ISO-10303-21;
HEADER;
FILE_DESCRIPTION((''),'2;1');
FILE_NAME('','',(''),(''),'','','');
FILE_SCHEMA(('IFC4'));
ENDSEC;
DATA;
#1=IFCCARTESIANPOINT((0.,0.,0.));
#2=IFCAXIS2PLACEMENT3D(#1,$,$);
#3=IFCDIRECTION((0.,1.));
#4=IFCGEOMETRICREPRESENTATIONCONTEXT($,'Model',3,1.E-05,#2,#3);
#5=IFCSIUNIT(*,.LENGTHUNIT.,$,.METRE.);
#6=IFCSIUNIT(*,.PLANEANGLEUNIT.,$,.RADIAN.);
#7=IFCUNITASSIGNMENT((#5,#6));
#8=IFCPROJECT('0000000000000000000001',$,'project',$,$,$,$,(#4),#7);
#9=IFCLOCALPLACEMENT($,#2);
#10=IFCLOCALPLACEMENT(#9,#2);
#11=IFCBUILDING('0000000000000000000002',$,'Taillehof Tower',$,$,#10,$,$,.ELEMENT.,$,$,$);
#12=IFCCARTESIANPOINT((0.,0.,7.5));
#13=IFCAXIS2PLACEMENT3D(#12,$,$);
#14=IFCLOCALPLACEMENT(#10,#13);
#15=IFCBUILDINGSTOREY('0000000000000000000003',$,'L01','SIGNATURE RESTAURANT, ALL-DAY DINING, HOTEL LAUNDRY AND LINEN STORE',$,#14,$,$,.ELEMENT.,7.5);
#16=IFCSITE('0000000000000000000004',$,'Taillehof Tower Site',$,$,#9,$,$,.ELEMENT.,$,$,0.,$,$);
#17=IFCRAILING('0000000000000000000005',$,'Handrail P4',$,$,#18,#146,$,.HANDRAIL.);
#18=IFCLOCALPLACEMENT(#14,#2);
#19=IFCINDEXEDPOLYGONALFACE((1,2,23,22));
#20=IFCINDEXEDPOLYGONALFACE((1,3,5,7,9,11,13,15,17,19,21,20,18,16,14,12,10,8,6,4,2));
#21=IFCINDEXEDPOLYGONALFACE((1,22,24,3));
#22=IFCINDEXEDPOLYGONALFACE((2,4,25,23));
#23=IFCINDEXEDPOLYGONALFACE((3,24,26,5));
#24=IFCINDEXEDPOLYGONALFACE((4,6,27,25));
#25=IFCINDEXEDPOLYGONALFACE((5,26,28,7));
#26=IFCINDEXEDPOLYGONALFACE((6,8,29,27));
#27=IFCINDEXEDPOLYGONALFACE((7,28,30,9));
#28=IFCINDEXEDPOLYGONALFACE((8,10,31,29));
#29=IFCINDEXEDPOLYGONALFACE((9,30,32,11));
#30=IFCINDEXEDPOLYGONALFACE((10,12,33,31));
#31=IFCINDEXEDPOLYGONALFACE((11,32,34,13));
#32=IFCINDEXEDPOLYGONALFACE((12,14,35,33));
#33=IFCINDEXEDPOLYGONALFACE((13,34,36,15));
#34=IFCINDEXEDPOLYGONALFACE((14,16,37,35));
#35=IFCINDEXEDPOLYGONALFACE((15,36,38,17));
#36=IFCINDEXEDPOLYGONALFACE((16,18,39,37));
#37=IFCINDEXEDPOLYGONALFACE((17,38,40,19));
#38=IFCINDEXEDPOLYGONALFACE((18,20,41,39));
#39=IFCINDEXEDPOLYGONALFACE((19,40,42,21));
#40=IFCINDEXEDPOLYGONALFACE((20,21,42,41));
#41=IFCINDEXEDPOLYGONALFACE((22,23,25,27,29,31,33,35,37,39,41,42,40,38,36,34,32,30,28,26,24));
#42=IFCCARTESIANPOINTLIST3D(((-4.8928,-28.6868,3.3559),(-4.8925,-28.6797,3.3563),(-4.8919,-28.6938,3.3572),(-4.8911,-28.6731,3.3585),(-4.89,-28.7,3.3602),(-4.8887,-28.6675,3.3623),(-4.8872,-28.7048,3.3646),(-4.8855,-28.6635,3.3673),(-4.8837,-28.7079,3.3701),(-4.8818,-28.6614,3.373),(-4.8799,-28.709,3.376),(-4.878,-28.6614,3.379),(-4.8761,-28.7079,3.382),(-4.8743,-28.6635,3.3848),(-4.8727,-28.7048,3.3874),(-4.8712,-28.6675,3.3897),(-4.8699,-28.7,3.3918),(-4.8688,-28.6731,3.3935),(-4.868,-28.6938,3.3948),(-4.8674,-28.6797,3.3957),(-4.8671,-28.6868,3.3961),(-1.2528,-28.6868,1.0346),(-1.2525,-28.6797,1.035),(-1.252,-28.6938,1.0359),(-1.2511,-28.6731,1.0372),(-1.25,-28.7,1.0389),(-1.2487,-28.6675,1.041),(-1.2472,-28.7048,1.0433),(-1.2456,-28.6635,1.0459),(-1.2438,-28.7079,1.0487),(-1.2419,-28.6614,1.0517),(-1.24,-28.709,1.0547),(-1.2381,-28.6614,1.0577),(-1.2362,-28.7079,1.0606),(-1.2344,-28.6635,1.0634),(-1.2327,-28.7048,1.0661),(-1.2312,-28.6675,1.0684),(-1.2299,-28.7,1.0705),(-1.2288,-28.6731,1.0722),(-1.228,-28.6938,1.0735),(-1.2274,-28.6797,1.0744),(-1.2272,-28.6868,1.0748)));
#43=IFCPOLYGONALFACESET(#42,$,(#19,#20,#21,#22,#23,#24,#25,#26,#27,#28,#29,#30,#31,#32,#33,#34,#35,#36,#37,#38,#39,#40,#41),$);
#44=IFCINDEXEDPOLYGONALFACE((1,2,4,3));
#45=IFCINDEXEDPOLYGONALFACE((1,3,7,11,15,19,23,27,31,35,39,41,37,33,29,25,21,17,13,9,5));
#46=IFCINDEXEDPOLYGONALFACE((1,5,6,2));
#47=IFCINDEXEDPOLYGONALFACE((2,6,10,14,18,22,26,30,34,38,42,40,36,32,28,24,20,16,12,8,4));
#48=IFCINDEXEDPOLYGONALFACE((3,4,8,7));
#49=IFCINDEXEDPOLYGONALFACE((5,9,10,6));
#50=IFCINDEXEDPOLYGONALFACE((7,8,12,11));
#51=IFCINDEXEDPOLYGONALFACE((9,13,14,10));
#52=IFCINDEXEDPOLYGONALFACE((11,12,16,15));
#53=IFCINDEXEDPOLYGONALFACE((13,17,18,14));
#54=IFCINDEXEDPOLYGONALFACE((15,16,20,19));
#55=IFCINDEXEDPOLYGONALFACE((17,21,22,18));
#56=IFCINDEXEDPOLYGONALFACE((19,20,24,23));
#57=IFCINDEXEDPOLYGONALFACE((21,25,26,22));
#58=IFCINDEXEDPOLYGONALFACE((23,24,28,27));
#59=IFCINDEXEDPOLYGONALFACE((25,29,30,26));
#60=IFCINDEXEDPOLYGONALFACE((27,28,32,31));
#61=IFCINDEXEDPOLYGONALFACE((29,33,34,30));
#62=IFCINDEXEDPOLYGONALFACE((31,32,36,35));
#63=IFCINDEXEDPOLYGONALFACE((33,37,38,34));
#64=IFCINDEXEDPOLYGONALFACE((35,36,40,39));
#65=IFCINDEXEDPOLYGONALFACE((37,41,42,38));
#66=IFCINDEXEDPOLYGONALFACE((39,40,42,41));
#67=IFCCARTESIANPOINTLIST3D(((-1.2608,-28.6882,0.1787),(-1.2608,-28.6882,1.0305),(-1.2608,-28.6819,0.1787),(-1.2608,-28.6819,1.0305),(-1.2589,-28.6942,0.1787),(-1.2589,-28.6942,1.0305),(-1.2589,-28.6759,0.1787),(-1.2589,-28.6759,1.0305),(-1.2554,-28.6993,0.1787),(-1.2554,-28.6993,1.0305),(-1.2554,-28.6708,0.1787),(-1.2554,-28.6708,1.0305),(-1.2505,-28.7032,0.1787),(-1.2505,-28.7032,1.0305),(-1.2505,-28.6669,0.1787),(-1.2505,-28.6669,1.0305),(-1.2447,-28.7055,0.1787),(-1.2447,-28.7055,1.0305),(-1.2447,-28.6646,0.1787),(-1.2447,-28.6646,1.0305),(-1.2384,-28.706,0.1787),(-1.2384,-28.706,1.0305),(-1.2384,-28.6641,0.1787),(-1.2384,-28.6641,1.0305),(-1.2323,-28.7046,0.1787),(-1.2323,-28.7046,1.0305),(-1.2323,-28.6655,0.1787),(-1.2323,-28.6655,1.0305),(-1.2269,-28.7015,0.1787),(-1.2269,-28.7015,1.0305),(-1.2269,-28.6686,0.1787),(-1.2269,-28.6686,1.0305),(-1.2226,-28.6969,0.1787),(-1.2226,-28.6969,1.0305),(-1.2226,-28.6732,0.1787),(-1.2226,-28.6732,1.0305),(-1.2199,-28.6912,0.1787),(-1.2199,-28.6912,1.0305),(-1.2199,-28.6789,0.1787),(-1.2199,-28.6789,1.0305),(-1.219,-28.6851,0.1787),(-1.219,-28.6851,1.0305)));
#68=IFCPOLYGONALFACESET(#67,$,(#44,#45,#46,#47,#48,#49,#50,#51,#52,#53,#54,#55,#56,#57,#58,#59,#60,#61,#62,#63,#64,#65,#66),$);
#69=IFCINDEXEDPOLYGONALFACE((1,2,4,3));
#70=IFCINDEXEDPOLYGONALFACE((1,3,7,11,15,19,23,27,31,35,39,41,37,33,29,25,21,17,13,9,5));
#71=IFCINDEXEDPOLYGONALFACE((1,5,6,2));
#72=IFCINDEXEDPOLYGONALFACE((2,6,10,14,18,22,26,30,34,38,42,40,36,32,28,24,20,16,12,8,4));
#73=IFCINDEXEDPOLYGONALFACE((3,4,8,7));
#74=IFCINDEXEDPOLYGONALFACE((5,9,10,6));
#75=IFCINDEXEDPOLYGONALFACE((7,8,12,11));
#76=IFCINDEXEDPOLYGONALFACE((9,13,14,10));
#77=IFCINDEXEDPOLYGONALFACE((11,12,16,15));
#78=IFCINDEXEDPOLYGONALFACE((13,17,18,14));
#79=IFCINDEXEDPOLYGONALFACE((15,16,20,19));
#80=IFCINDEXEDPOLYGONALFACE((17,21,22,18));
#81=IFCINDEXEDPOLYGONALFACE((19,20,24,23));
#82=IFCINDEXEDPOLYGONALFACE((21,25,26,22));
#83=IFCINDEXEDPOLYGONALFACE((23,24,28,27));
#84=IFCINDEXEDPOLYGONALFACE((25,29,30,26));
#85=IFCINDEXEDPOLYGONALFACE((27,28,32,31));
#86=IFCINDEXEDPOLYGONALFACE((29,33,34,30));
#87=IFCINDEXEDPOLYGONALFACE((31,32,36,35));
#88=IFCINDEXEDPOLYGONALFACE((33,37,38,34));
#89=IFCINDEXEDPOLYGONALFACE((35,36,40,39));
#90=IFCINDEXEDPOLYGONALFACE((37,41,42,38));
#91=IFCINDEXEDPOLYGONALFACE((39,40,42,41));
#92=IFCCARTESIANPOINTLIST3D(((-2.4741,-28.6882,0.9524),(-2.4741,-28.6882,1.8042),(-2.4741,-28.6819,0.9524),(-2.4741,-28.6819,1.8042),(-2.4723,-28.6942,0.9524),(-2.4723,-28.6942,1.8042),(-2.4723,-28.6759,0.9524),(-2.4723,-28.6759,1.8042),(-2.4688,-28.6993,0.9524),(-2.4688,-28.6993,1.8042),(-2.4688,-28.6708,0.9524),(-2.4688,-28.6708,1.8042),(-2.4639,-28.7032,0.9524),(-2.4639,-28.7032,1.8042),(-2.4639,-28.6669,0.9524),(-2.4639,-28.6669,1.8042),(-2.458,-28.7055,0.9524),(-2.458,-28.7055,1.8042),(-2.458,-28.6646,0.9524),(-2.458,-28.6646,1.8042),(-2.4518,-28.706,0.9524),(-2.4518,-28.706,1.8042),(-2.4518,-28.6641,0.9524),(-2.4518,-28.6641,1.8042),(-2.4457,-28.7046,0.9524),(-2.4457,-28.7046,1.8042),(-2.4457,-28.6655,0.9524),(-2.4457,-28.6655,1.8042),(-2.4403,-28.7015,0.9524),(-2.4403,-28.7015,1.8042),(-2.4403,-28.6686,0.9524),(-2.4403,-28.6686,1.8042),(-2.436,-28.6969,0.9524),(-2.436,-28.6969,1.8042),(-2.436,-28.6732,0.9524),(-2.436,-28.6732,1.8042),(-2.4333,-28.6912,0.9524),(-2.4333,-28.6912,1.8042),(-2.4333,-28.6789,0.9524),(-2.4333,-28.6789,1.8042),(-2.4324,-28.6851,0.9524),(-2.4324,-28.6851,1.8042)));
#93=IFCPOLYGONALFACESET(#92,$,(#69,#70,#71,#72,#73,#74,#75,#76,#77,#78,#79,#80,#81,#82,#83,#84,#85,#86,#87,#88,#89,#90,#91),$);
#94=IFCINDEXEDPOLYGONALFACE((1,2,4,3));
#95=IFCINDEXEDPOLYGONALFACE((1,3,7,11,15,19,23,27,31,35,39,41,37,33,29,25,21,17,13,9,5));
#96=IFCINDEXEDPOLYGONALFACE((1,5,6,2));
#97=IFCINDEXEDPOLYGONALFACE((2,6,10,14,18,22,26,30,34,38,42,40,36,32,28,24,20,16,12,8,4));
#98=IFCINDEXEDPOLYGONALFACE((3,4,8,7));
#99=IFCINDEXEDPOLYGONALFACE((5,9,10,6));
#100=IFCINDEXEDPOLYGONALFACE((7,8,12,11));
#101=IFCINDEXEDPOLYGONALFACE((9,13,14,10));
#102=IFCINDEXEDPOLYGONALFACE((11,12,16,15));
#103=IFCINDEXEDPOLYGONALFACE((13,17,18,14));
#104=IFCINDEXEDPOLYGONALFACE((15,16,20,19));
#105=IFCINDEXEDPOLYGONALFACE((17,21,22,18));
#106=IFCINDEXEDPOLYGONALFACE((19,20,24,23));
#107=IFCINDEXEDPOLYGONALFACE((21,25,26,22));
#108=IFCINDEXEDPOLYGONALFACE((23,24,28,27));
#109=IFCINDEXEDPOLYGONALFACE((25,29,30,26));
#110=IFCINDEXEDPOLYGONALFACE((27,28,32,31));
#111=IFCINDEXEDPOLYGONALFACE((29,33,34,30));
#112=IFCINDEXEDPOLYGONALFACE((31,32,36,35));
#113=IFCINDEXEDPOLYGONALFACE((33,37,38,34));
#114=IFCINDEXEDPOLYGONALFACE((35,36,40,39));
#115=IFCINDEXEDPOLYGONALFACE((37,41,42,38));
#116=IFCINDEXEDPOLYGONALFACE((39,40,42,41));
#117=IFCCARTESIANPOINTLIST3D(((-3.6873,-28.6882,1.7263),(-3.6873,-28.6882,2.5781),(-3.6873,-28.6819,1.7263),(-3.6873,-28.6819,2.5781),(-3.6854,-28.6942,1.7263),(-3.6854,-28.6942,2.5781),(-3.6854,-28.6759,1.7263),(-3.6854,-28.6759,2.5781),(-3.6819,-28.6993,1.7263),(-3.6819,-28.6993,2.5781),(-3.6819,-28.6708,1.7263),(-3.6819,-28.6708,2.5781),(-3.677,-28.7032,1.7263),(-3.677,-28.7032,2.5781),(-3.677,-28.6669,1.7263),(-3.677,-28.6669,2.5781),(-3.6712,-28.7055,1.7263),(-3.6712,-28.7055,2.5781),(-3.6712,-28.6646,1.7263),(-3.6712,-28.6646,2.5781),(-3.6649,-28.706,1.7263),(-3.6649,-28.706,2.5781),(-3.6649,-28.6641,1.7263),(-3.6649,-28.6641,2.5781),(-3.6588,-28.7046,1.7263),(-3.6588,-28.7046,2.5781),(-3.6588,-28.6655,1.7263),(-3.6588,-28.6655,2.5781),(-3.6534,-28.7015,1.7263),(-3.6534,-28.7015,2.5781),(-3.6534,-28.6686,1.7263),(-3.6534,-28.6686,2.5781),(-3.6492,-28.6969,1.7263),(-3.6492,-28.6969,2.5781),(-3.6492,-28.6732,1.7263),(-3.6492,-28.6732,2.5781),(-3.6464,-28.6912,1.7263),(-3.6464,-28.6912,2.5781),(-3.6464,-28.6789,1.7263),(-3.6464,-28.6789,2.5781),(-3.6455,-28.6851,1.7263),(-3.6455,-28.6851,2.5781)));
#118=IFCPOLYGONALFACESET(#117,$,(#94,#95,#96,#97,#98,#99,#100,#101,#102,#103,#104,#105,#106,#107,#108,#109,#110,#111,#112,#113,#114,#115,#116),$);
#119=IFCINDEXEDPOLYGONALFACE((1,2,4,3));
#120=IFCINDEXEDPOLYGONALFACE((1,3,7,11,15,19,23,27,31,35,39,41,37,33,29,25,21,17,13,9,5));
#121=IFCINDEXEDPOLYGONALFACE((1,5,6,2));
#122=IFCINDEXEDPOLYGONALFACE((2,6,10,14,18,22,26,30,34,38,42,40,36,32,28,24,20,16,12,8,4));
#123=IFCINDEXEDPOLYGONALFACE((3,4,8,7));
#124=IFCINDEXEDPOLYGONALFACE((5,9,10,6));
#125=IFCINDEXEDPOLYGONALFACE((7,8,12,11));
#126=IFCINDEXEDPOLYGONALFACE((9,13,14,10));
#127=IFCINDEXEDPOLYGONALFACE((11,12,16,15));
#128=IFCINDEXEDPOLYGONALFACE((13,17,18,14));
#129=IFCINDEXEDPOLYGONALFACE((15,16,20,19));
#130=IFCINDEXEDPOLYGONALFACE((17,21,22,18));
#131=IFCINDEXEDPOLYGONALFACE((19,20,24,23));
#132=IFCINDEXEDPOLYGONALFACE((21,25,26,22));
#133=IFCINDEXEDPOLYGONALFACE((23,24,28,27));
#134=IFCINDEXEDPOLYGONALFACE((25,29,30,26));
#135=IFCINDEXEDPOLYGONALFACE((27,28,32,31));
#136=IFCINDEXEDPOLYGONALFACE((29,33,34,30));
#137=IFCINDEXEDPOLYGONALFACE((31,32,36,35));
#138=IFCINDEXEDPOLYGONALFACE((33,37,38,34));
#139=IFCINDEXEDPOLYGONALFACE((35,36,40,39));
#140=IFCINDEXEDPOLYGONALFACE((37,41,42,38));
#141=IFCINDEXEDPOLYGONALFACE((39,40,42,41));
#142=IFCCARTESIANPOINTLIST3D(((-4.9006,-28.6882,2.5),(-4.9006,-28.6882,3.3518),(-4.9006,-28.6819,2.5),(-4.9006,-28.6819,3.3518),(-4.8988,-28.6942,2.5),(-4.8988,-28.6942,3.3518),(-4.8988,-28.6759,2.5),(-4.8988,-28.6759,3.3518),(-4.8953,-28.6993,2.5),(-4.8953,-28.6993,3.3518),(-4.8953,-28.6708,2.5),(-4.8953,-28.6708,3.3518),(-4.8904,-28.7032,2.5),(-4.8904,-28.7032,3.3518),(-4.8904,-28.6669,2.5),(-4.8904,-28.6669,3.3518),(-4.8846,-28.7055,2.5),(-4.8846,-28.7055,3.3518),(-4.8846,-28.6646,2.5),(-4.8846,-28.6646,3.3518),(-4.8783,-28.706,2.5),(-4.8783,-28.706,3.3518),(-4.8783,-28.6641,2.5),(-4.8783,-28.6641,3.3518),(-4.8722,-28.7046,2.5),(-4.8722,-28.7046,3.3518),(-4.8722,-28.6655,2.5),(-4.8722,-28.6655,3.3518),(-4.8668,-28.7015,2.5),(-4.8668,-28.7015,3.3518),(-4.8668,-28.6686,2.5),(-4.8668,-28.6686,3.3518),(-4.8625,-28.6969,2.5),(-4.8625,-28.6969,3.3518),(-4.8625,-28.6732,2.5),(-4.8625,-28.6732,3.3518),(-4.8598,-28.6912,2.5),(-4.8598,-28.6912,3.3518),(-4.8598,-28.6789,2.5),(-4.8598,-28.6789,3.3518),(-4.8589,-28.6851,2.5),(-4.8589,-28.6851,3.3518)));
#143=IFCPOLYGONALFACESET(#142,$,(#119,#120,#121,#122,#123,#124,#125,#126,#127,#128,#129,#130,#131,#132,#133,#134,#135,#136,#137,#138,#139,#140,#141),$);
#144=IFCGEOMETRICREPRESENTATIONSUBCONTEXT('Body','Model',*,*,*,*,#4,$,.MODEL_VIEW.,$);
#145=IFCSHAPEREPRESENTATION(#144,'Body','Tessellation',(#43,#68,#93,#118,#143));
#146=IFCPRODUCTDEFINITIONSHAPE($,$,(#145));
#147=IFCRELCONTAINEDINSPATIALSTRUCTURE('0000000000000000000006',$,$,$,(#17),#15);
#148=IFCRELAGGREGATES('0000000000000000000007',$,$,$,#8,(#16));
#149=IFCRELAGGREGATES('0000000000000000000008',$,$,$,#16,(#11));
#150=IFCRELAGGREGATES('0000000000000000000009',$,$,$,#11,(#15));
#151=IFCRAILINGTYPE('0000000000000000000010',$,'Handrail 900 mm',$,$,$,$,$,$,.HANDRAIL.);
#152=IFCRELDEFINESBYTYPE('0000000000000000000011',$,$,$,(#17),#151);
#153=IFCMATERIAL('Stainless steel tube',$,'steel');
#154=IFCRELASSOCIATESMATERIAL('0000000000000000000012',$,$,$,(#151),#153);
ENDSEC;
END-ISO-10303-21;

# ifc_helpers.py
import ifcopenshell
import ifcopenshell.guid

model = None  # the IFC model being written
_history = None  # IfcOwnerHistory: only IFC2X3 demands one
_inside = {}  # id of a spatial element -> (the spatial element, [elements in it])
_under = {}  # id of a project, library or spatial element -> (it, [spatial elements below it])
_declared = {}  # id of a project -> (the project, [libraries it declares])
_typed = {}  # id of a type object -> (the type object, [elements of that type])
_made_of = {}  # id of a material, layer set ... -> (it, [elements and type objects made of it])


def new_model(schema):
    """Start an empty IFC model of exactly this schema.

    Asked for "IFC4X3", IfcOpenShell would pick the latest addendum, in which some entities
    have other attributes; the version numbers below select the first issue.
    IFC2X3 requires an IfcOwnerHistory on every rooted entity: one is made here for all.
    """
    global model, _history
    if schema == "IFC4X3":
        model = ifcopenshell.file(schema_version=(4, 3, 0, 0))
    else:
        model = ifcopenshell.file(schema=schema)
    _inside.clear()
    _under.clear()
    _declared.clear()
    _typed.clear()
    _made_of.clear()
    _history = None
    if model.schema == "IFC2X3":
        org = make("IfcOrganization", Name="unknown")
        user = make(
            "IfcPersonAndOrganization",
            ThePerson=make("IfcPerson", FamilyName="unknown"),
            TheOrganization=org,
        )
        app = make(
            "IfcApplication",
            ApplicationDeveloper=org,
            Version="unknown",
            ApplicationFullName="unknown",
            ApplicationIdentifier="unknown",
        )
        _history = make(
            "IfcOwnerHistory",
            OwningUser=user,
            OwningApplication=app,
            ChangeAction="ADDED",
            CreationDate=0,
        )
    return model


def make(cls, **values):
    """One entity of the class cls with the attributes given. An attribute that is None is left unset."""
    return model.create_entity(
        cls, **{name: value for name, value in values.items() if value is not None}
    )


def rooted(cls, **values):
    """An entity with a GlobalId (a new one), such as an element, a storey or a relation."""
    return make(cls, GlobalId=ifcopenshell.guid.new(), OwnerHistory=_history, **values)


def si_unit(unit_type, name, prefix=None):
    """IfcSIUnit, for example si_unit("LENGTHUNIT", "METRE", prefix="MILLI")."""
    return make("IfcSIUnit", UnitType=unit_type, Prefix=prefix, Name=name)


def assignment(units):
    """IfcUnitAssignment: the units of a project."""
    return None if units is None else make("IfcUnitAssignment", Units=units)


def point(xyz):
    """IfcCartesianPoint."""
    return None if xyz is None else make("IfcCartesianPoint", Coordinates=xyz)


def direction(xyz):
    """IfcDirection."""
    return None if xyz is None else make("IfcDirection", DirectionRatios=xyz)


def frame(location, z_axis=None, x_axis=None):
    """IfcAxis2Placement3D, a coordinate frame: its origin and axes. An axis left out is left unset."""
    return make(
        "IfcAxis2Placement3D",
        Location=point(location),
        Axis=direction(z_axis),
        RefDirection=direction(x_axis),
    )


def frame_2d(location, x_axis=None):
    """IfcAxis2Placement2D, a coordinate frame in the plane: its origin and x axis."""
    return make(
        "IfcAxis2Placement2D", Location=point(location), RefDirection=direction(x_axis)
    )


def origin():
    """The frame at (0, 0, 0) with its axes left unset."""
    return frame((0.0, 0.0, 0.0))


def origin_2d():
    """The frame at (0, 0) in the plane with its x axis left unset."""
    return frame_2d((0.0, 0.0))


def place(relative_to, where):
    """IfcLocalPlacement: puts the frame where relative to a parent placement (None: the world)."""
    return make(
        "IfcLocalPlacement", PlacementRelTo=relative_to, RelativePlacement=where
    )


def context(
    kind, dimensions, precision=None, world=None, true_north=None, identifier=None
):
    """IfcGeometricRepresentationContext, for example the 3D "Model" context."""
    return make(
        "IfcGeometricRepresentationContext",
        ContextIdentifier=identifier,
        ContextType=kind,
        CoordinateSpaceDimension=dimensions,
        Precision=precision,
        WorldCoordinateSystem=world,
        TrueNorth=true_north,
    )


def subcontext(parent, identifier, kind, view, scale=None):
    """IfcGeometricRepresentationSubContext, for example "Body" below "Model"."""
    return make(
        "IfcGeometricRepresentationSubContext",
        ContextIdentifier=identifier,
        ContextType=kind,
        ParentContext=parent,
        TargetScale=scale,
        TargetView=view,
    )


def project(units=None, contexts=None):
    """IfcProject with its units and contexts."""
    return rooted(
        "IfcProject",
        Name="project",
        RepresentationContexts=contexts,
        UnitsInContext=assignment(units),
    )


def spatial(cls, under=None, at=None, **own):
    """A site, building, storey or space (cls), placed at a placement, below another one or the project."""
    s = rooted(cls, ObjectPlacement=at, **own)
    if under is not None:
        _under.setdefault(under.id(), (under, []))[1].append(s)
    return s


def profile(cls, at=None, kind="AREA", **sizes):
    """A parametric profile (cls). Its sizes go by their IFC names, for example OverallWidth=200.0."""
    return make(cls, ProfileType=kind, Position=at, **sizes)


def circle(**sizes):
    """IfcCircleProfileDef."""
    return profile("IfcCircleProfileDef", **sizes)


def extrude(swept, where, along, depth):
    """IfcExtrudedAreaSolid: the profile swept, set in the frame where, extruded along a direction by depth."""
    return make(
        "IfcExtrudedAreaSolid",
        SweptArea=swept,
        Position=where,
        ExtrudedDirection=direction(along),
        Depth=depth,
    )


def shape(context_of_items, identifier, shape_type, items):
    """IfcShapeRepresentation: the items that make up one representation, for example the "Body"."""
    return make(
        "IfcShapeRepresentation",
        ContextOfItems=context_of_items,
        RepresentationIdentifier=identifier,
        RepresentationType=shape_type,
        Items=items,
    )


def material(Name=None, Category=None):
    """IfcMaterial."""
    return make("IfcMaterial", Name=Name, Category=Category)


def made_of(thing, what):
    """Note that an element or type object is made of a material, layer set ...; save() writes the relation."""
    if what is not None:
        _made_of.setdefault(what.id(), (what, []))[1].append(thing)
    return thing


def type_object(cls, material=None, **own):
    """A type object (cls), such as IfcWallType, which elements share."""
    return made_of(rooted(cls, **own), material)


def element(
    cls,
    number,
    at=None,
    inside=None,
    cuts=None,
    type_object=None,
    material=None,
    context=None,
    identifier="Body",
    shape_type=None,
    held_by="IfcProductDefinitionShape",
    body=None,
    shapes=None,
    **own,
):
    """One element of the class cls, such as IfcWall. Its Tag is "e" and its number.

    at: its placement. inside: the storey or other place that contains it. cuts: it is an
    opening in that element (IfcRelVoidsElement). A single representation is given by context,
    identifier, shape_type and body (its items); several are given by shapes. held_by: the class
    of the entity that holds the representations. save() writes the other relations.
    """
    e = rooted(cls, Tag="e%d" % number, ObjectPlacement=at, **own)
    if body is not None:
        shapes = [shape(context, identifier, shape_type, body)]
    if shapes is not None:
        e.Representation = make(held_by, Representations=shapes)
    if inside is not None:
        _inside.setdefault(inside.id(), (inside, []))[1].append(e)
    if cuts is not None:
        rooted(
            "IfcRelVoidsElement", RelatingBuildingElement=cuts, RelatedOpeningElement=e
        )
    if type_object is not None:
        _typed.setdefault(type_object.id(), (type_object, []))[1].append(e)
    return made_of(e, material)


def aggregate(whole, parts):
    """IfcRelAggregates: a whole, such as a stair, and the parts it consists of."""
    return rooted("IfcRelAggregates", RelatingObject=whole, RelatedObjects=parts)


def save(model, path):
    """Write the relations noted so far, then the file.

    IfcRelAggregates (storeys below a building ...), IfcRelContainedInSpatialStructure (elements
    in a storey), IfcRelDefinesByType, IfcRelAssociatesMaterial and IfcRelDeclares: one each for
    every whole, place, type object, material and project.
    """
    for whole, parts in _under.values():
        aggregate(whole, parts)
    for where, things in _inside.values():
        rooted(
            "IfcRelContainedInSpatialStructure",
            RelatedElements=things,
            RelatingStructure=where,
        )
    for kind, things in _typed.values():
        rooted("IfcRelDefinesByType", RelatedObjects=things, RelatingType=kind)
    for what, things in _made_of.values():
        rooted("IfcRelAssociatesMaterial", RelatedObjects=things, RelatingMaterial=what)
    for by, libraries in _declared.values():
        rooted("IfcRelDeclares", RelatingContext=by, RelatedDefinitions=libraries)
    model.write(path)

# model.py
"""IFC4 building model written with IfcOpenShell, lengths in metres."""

from ifc_helpers import new_model, si_unit, direction, frame, origin, origin_2d, place, context, subcontext, project, spatial, circle, extrude, material, type_object, element, save


model = new_model("IFC4")

# Units and contexts
model_context = context("Model", 3, precision=1e-05, world=origin(), true_north=direction((0.0, 1.0)))
body_context = subcontext(model_context, "Body", "Model", "MODEL_VIEW")
ifc_project = project(units=[si_unit("LENGTHUNIT", "METRE"), si_unit("PLANEANGLEUNIT", "RADIAN")], contexts=[model_context])

# Site, building, storey
site_placement = place(None, origin())
site = spatial("IfcSite", under=ifc_project, at=site_placement, Name="Taillehof Tower Site", CompositionType="ELEMENT", RefElevation=0.0)
building_placement = place(site_placement, origin())
building = spatial("IfcBuilding", under=site, at=building_placement, Name="Taillehof Tower", CompositionType="ELEMENT")
storey_placement = place(building_placement, frame((0.0, 0.0, 7.5)))
storey = spatial("IfcBuildingStorey", under=building, at=storey_placement, Name="L01", Description="SIGNATURE RESTAURANT, ALL-DAY DINING, HOTEL LAUNDRY AND LINEN STORE", CompositionType="ELEMENT", Elevation=7.5)

# Railing
ifc_material_1 = material(Name="Stainless steel tube", Category="steel")
railing_type = type_object("IfcRailingType", Name="Handrail 900 mm", PredefinedType="HANDRAIL", material=ifc_material_1)
for number, where, name in (
    (1, (-1.24, -28.6851, 0.1787), "Handrail P4"),
):
    element("IfcRailing", number, at=place(storey_placement, frame(where)), inside=storey, type_object=railing_type, Name=name, PredefinedType="HANDRAIL", context=body_context, shape_type="SweptSolid", body=[
        extrude(circle(Radius=0.0239, at=origin_2d()), frame((0.0, 0.0, 0.876), z_axis=(-0.843137, 0.0, 0.537699), x_axis=(0.0, -1.0, 0.0)), (0.0, 0.0, 1.0), 4.3171),
        extrude(circle(Radius=0.021, at=origin_2d()), origin(), (0.0, 0.0, 1.0), 0.8518),
        extrude(circle(Radius=0.021, at=origin_2d()), frame((-1.2134, 0.0, 0.7737)), (0.0, 0.0, 1.0), 0.8518),
        extrude(circle(Radius=0.021, at=origin_2d()), frame((-2.4265, 0.0, 1.5476)), (0.0, 0.0, 1.0), 0.8518),
        extrude(circle(Radius=0.021, at=origin_2d()), frame((-3.6399, 0.0, 2.3213)), (0.0, 0.0, 1.0), 0.8518),
    ])

save(model, "model.ifc")
